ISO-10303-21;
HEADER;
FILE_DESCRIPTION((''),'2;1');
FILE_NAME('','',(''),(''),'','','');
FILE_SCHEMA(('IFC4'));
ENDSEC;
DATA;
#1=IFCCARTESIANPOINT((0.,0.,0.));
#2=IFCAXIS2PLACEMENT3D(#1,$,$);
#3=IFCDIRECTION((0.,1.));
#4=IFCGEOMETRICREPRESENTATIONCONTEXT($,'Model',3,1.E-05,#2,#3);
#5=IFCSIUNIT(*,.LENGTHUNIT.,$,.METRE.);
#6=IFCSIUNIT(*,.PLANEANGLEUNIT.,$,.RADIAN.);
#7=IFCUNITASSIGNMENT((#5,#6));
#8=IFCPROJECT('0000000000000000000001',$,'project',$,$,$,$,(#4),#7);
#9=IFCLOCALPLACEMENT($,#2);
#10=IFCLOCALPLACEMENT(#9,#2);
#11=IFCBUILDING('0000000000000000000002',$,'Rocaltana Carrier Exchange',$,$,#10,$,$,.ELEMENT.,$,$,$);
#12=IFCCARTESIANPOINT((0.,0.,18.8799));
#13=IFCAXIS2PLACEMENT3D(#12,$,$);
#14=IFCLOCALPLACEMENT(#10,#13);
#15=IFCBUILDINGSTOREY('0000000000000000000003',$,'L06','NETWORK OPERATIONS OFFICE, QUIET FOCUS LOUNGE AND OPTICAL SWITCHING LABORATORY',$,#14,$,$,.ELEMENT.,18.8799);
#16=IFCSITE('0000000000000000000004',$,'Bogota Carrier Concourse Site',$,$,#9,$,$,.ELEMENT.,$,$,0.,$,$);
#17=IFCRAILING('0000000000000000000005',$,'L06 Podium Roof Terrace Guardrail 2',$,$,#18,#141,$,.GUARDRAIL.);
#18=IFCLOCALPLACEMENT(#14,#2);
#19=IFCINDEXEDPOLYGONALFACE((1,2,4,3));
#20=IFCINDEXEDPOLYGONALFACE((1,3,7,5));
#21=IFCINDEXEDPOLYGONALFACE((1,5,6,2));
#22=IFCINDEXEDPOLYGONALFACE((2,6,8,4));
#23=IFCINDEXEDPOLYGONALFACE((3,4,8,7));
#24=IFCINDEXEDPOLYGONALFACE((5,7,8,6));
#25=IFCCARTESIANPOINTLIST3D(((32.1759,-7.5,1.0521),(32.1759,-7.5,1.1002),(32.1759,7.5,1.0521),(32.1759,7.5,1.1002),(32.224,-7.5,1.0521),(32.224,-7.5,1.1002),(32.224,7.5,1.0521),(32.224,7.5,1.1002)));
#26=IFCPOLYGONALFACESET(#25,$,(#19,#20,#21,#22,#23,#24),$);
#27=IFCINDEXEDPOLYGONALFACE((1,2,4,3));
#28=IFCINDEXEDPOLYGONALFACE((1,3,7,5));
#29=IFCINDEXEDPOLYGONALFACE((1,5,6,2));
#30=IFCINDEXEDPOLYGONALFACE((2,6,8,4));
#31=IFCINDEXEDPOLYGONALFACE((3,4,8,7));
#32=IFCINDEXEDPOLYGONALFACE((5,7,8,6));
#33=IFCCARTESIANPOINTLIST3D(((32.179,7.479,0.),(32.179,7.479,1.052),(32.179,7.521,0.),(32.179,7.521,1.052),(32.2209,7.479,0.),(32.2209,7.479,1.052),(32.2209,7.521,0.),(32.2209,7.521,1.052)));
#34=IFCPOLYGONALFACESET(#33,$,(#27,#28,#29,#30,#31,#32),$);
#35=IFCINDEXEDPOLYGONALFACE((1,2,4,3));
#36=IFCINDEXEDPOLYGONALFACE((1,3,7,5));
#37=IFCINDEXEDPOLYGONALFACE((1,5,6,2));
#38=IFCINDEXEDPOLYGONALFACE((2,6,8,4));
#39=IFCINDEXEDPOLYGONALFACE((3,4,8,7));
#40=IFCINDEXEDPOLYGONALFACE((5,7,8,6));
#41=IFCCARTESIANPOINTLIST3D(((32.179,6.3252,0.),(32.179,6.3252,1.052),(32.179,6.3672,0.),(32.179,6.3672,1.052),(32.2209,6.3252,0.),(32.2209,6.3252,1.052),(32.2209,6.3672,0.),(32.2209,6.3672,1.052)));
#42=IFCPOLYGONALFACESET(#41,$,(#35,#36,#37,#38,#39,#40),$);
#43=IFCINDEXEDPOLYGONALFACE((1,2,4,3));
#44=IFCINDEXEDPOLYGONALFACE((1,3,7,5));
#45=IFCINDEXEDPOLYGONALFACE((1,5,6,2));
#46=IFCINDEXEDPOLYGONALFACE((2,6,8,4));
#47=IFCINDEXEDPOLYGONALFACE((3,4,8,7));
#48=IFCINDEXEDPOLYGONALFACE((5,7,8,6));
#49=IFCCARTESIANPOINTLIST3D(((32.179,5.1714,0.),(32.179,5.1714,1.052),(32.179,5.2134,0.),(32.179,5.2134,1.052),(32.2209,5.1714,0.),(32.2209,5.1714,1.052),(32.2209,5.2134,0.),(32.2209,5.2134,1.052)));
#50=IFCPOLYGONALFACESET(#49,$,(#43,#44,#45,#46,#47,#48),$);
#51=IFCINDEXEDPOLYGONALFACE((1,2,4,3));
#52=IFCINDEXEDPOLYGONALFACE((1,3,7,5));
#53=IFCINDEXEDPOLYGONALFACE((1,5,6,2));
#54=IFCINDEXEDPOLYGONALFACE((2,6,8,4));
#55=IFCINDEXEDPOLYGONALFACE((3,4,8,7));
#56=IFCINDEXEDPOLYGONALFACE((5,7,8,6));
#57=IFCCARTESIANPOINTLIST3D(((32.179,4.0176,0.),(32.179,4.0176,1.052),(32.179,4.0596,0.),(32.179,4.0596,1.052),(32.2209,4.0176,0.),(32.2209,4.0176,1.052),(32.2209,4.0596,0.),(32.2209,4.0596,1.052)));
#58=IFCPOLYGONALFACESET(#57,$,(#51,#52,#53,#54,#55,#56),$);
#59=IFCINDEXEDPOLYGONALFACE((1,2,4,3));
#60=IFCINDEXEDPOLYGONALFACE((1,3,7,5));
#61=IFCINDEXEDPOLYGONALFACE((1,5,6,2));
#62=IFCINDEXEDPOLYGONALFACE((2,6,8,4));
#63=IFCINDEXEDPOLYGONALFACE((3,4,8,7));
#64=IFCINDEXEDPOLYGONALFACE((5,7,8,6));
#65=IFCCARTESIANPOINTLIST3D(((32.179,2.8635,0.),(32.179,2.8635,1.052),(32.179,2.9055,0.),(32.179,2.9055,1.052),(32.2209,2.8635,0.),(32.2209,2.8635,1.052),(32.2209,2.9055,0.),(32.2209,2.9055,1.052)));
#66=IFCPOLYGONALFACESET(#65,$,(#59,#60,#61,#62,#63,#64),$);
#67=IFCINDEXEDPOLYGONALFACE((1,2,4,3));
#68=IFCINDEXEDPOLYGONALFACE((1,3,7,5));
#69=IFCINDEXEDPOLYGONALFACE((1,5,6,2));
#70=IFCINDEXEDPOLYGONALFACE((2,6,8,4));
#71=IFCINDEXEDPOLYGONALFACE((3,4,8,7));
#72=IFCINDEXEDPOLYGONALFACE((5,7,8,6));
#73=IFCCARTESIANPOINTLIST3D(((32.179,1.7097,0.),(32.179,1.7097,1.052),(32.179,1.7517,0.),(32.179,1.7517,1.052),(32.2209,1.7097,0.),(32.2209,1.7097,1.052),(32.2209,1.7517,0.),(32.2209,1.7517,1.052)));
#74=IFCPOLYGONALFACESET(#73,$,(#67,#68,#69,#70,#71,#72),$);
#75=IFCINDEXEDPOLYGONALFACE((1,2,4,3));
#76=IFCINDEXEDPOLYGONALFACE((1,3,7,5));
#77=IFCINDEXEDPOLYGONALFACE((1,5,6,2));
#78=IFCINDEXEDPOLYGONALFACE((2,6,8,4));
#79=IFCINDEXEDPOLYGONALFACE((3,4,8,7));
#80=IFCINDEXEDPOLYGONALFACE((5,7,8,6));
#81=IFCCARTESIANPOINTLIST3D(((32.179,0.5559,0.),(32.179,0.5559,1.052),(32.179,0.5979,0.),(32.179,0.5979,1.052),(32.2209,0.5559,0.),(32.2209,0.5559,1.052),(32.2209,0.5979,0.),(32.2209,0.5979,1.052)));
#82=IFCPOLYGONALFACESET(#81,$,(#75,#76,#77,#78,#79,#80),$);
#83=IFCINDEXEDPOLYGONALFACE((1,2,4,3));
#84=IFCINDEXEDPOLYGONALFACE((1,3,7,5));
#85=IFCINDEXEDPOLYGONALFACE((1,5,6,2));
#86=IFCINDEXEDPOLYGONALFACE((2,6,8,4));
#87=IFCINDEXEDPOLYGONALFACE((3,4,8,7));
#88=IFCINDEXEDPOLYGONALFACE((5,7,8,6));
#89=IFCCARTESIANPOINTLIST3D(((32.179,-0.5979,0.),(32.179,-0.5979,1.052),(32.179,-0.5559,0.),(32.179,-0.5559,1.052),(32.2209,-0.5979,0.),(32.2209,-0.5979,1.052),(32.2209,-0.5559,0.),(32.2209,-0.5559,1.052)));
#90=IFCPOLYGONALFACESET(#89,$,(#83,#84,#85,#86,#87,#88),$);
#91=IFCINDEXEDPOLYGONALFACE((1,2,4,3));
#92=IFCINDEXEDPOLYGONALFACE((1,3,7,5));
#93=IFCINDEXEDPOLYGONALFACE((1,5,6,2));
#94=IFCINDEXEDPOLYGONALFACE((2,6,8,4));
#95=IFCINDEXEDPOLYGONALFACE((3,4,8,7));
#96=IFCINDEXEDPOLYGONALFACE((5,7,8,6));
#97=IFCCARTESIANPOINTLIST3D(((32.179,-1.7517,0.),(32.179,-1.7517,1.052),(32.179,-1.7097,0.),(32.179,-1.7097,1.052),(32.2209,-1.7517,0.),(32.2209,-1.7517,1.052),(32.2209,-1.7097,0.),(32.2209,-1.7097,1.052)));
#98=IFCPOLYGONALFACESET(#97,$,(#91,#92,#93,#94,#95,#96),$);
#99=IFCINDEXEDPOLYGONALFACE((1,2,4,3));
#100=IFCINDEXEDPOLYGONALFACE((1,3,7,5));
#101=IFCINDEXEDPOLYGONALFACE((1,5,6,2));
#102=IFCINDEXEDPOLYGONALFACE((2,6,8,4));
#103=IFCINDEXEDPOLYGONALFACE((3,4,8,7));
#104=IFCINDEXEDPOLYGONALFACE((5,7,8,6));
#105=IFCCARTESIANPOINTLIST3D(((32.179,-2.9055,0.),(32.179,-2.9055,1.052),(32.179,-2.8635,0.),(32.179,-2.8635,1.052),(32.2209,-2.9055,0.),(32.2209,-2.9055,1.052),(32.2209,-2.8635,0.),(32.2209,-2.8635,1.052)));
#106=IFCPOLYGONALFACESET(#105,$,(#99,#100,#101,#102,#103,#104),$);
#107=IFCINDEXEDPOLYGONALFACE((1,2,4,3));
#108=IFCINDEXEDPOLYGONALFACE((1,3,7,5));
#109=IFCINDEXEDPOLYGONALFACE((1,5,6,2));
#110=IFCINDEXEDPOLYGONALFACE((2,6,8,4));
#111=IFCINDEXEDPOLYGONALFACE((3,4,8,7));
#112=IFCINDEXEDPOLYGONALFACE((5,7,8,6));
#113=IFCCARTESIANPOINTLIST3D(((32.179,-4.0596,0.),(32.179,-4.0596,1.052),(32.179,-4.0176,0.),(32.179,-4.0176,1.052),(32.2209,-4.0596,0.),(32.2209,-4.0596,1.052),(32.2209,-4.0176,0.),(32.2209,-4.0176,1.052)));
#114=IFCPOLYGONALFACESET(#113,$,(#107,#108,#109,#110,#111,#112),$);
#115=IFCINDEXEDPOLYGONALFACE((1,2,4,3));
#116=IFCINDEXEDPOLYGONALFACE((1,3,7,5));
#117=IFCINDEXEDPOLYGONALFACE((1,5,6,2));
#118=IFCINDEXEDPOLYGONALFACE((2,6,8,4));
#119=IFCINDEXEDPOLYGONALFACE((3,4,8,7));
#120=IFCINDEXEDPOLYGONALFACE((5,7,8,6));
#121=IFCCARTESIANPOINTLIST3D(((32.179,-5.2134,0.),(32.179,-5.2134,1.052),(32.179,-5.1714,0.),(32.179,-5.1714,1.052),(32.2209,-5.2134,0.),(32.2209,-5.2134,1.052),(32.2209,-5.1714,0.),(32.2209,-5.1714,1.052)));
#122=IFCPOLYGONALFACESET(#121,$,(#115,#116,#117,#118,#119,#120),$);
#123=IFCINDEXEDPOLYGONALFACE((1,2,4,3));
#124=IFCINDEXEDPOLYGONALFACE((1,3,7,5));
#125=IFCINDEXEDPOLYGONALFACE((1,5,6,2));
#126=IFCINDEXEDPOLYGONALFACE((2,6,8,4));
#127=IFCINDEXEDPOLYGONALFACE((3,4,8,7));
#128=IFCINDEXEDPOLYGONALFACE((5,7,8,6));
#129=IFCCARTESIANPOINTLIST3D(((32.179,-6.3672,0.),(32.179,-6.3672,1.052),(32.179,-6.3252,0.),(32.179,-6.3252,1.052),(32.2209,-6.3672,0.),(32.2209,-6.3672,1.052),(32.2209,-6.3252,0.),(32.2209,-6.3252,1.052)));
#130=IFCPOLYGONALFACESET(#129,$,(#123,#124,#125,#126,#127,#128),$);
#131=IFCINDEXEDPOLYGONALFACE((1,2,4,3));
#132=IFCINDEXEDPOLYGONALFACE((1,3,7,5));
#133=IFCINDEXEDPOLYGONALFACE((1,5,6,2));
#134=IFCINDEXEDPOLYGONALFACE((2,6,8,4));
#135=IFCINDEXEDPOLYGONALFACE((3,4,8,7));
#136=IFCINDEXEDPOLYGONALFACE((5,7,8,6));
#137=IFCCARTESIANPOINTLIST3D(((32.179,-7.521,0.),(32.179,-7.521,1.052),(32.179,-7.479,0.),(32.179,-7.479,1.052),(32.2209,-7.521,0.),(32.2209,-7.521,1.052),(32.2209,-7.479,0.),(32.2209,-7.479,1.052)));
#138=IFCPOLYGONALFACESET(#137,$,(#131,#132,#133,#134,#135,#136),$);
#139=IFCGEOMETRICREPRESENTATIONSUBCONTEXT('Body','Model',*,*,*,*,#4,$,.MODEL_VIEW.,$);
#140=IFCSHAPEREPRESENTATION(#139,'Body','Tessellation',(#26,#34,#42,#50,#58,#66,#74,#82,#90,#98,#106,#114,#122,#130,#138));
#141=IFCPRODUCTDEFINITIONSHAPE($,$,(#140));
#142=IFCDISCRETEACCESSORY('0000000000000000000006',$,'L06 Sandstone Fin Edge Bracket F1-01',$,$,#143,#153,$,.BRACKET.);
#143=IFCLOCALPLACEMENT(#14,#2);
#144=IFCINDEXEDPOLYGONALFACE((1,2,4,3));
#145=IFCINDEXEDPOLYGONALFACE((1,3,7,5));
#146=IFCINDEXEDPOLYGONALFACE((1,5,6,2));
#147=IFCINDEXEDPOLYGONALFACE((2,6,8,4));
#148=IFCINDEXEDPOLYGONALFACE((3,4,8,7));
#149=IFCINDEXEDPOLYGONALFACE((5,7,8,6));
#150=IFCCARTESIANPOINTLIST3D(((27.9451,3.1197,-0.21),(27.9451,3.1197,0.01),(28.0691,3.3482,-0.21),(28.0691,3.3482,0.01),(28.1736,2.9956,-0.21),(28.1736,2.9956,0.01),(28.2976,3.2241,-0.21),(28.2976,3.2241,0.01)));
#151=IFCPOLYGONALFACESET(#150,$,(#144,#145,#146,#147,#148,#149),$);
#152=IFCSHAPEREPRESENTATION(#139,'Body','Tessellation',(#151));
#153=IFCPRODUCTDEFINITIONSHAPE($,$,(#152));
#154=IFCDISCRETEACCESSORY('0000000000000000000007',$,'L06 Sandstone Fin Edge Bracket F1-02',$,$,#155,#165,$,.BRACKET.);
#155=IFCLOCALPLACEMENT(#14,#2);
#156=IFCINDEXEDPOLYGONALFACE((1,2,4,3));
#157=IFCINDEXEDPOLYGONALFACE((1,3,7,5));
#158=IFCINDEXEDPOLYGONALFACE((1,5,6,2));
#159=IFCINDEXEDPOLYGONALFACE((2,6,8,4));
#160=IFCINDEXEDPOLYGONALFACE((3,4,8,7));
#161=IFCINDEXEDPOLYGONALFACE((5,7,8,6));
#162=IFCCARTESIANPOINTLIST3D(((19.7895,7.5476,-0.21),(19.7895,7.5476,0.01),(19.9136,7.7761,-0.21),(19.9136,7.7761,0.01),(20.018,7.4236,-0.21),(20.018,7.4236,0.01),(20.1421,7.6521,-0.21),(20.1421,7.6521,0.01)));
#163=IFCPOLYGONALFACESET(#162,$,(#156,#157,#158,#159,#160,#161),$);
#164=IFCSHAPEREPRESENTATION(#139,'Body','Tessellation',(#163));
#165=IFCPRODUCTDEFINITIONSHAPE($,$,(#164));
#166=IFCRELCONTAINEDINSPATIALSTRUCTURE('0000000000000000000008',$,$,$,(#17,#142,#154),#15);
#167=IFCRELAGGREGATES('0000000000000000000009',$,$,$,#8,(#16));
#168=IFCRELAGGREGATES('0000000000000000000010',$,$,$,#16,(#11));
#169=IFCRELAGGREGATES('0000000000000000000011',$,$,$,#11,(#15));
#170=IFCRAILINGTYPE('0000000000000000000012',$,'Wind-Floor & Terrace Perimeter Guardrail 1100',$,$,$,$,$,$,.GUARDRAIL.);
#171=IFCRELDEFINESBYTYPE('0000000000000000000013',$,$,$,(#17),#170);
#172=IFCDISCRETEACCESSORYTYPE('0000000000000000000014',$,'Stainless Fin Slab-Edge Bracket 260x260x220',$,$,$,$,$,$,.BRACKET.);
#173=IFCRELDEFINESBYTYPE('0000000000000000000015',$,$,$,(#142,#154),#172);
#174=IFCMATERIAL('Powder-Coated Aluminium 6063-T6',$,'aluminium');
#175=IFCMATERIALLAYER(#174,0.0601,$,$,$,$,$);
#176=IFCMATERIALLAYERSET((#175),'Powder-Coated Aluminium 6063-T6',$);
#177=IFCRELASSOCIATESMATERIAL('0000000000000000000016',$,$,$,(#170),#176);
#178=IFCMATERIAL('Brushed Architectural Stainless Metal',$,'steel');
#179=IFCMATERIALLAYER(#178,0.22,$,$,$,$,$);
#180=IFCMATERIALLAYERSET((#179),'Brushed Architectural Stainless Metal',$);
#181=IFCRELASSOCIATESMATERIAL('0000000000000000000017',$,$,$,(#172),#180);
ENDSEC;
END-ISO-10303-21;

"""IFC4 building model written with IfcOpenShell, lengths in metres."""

from ifc_helpers import new_model, si_unit, direction, frame, origin, origin_2d, place, context, subcontext, project, spatial, rectangle, extrude, material, layer, layer_set, type_object, element, save


model = new_model("IFC4")

# Units and contexts
model_context = context("Model", 3, precision=1e-05, world=origin(), true_north=direction((0.0, 1.0)))
body_context = subcontext(model_context, "Body", "Model", "MODEL_VIEW")
ifc_project = project(units=[si_unit("LENGTHUNIT", "METRE"), si_unit("PLANEANGLEUNIT", "RADIAN")], contexts=[model_context])

# Site, building, storey
site_placement = place(None, origin())
site = spatial("IfcSite", under=ifc_project, at=site_placement, Name="Bogota Carrier Concourse Site", CompositionType="ELEMENT", RefElevation=0.0)
building_placement = place(site_placement, origin())
building = spatial("IfcBuilding", under=site, at=building_placement, Name="Rocaltana Carrier Exchange", CompositionType="ELEMENT")
storey_placement = place(building_placement, frame((0.0, 0.0, 18.8799)))
storey = spatial("IfcBuildingStorey", under=building, at=storey_placement, Name="L06", Description="NETWORK OPERATIONS OFFICE, QUIET FOCUS LOUNGE AND OPTICAL SWITCHING LABORATORY", CompositionType="ELEMENT", Elevation=18.8799)

# Railing
ifc_material_1 = material(Name="Powder-Coated Aluminium 6063-T6", Category="aluminium")
ifc_layer_1 = layer(ifc_material_1, 0.0601)
ifc_layer_set_1 = layer_set([ifc_layer_1], Name="Powder-Coated Aluminium 6063-T6")
railing_type = type_object("IfcRailingType", Name="Wind-Floor & Terrace Perimeter Guardrail 1100", PredefinedType="GUARDRAIL", material=ifc_layer_set_1)
railing_placement = place(storey_placement, frame((32.2, 7.5, 0.0)))
element("IfcRailing", 1, at=railing_placement, inside=storey, type_object=railing_type, Name="L06 Podium Roof Terrace Guardrail 2", PredefinedType="GUARDRAIL", context=body_context, shape_type="SweptSolid", body=[
    extrude(rectangle(XDim=0.0481, YDim=0.0481, at=origin_2d()), frame((0.0, 0.0, 1.0762), z_axis=(0.0, -1.0, 0.0), x_axis=(1.0, 0.0, 0.0)), (0.0, 0.0, 1.0), 15.0),
    extrude(rectangle(XDim=0.042, YDim=0.042, at=origin_2d()), origin(), (0.0, 0.0, 1.0), 1.052),
    extrude(rectangle(XDim=0.042, YDim=0.042, at=origin_2d()), frame((0.0, -1.1538, 0.0)), (0.0, 0.0, 1.0), 1.052),
    extrude(rectangle(XDim=0.042, YDim=0.042, at=origin_2d()), frame((0.0, -2.3076, 0.0)), (0.0, 0.0, 1.0), 1.052),
    extrude(rectangle(XDim=0.042, YDim=0.042, at=origin_2d()), frame((0.0, -3.4614, 0.0)), (0.0, 0.0, 1.0), 1.052),
    extrude(rectangle(XDim=0.042, YDim=0.042, at=origin_2d()), frame((0.0, -4.6155, 0.0)), (0.0, 0.0, 1.0), 1.052),
    extrude(rectangle(XDim=0.042, YDim=0.042, at=origin_2d()), frame((0.0, -5.7693, 0.0)), (0.0, 0.0, 1.0), 1.052),
    extrude(rectangle(XDim=0.042, YDim=0.042, at=origin_2d()), frame((0.0, -6.9231, 0.0)), (0.0, 0.0, 1.0), 1.052),
    extrude(rectangle(XDim=0.042, YDim=0.042, at=origin_2d()), frame((0.0, -8.0769, 0.0)), (0.0, 0.0, 1.0), 1.052),
    extrude(rectangle(XDim=0.042, YDim=0.042, at=origin_2d()), frame((0.0, -9.2307, 0.0)), (0.0, 0.0, 1.0), 1.052),
    extrude(rectangle(XDim=0.042, YDim=0.042, at=origin_2d()), frame((0.0, -10.3845, 0.0)), (0.0, 0.0, 1.0), 1.052),
    extrude(rectangle(XDim=0.042, YDim=0.042, at=origin_2d()), frame((0.0, -11.5386, 0.0)), (0.0, 0.0, 1.0), 1.052),
    extrude(rectangle(XDim=0.042, YDim=0.042, at=origin_2d()), frame((0.0, -12.6924, 0.0)), (0.0, 0.0, 1.0), 1.052),
    extrude(rectangle(XDim=0.042, YDim=0.042, at=origin_2d()), frame((0.0, -13.8462, 0.0)), (0.0, 0.0, 1.0), 1.052),
    extrude(rectangle(XDim=0.042, YDim=0.042, at=origin_2d()), frame((0.0, -15.0, 0.0)), (0.0, 0.0, 1.0), 1.052),
])

# Discrete accessories
ifc_material_2 = material(Name="Brushed Architectural Stainless Metal", Category="steel")
ifc_layer_2 = layer(ifc_material_2, 0.22)
ifc_layer_set_2 = layer_set([ifc_layer_2], Name="Brushed Architectural Stainless Metal")
discrete_accessory_type = type_object("IfcDiscreteAccessoryType", Name="Stainless Fin Slab-Edge Bracket 260x260x220", PredefinedType="BRACKET", material=ifc_layer_set_2)
for number, where, z_axis, x_axis, name in (
    (2, (28.1213, 3.1719, -0.21), (0.0, 0.0, 1.0), (-0.878817, 0.477159, 0.0), "L06 Sandstone Fin Edge Bracket F1-01"),
    (3, (19.9658, 7.5999, -0.21), (0.0, 0.0, 1.0), (-0.878817, 0.477159, 0.0), "L06 Sandstone Fin Edge Bracket F1-02"),
):
    element("IfcDiscreteAccessory", number, at=place(storey_placement, frame(where, z_axis=z_axis, x_axis=x_axis)), inside=storey, type_object=discrete_accessory_type, Name=name, PredefinedType="BRACKET", context=body_context, shape_type="SweptSolid", body=[
        extrude(rectangle(XDim=0.26, YDim=0.26, at=origin_2d()), origin(), (0.0, 0.0, 1.0), 0.22),
    ])

save(model, "model.ifc")
